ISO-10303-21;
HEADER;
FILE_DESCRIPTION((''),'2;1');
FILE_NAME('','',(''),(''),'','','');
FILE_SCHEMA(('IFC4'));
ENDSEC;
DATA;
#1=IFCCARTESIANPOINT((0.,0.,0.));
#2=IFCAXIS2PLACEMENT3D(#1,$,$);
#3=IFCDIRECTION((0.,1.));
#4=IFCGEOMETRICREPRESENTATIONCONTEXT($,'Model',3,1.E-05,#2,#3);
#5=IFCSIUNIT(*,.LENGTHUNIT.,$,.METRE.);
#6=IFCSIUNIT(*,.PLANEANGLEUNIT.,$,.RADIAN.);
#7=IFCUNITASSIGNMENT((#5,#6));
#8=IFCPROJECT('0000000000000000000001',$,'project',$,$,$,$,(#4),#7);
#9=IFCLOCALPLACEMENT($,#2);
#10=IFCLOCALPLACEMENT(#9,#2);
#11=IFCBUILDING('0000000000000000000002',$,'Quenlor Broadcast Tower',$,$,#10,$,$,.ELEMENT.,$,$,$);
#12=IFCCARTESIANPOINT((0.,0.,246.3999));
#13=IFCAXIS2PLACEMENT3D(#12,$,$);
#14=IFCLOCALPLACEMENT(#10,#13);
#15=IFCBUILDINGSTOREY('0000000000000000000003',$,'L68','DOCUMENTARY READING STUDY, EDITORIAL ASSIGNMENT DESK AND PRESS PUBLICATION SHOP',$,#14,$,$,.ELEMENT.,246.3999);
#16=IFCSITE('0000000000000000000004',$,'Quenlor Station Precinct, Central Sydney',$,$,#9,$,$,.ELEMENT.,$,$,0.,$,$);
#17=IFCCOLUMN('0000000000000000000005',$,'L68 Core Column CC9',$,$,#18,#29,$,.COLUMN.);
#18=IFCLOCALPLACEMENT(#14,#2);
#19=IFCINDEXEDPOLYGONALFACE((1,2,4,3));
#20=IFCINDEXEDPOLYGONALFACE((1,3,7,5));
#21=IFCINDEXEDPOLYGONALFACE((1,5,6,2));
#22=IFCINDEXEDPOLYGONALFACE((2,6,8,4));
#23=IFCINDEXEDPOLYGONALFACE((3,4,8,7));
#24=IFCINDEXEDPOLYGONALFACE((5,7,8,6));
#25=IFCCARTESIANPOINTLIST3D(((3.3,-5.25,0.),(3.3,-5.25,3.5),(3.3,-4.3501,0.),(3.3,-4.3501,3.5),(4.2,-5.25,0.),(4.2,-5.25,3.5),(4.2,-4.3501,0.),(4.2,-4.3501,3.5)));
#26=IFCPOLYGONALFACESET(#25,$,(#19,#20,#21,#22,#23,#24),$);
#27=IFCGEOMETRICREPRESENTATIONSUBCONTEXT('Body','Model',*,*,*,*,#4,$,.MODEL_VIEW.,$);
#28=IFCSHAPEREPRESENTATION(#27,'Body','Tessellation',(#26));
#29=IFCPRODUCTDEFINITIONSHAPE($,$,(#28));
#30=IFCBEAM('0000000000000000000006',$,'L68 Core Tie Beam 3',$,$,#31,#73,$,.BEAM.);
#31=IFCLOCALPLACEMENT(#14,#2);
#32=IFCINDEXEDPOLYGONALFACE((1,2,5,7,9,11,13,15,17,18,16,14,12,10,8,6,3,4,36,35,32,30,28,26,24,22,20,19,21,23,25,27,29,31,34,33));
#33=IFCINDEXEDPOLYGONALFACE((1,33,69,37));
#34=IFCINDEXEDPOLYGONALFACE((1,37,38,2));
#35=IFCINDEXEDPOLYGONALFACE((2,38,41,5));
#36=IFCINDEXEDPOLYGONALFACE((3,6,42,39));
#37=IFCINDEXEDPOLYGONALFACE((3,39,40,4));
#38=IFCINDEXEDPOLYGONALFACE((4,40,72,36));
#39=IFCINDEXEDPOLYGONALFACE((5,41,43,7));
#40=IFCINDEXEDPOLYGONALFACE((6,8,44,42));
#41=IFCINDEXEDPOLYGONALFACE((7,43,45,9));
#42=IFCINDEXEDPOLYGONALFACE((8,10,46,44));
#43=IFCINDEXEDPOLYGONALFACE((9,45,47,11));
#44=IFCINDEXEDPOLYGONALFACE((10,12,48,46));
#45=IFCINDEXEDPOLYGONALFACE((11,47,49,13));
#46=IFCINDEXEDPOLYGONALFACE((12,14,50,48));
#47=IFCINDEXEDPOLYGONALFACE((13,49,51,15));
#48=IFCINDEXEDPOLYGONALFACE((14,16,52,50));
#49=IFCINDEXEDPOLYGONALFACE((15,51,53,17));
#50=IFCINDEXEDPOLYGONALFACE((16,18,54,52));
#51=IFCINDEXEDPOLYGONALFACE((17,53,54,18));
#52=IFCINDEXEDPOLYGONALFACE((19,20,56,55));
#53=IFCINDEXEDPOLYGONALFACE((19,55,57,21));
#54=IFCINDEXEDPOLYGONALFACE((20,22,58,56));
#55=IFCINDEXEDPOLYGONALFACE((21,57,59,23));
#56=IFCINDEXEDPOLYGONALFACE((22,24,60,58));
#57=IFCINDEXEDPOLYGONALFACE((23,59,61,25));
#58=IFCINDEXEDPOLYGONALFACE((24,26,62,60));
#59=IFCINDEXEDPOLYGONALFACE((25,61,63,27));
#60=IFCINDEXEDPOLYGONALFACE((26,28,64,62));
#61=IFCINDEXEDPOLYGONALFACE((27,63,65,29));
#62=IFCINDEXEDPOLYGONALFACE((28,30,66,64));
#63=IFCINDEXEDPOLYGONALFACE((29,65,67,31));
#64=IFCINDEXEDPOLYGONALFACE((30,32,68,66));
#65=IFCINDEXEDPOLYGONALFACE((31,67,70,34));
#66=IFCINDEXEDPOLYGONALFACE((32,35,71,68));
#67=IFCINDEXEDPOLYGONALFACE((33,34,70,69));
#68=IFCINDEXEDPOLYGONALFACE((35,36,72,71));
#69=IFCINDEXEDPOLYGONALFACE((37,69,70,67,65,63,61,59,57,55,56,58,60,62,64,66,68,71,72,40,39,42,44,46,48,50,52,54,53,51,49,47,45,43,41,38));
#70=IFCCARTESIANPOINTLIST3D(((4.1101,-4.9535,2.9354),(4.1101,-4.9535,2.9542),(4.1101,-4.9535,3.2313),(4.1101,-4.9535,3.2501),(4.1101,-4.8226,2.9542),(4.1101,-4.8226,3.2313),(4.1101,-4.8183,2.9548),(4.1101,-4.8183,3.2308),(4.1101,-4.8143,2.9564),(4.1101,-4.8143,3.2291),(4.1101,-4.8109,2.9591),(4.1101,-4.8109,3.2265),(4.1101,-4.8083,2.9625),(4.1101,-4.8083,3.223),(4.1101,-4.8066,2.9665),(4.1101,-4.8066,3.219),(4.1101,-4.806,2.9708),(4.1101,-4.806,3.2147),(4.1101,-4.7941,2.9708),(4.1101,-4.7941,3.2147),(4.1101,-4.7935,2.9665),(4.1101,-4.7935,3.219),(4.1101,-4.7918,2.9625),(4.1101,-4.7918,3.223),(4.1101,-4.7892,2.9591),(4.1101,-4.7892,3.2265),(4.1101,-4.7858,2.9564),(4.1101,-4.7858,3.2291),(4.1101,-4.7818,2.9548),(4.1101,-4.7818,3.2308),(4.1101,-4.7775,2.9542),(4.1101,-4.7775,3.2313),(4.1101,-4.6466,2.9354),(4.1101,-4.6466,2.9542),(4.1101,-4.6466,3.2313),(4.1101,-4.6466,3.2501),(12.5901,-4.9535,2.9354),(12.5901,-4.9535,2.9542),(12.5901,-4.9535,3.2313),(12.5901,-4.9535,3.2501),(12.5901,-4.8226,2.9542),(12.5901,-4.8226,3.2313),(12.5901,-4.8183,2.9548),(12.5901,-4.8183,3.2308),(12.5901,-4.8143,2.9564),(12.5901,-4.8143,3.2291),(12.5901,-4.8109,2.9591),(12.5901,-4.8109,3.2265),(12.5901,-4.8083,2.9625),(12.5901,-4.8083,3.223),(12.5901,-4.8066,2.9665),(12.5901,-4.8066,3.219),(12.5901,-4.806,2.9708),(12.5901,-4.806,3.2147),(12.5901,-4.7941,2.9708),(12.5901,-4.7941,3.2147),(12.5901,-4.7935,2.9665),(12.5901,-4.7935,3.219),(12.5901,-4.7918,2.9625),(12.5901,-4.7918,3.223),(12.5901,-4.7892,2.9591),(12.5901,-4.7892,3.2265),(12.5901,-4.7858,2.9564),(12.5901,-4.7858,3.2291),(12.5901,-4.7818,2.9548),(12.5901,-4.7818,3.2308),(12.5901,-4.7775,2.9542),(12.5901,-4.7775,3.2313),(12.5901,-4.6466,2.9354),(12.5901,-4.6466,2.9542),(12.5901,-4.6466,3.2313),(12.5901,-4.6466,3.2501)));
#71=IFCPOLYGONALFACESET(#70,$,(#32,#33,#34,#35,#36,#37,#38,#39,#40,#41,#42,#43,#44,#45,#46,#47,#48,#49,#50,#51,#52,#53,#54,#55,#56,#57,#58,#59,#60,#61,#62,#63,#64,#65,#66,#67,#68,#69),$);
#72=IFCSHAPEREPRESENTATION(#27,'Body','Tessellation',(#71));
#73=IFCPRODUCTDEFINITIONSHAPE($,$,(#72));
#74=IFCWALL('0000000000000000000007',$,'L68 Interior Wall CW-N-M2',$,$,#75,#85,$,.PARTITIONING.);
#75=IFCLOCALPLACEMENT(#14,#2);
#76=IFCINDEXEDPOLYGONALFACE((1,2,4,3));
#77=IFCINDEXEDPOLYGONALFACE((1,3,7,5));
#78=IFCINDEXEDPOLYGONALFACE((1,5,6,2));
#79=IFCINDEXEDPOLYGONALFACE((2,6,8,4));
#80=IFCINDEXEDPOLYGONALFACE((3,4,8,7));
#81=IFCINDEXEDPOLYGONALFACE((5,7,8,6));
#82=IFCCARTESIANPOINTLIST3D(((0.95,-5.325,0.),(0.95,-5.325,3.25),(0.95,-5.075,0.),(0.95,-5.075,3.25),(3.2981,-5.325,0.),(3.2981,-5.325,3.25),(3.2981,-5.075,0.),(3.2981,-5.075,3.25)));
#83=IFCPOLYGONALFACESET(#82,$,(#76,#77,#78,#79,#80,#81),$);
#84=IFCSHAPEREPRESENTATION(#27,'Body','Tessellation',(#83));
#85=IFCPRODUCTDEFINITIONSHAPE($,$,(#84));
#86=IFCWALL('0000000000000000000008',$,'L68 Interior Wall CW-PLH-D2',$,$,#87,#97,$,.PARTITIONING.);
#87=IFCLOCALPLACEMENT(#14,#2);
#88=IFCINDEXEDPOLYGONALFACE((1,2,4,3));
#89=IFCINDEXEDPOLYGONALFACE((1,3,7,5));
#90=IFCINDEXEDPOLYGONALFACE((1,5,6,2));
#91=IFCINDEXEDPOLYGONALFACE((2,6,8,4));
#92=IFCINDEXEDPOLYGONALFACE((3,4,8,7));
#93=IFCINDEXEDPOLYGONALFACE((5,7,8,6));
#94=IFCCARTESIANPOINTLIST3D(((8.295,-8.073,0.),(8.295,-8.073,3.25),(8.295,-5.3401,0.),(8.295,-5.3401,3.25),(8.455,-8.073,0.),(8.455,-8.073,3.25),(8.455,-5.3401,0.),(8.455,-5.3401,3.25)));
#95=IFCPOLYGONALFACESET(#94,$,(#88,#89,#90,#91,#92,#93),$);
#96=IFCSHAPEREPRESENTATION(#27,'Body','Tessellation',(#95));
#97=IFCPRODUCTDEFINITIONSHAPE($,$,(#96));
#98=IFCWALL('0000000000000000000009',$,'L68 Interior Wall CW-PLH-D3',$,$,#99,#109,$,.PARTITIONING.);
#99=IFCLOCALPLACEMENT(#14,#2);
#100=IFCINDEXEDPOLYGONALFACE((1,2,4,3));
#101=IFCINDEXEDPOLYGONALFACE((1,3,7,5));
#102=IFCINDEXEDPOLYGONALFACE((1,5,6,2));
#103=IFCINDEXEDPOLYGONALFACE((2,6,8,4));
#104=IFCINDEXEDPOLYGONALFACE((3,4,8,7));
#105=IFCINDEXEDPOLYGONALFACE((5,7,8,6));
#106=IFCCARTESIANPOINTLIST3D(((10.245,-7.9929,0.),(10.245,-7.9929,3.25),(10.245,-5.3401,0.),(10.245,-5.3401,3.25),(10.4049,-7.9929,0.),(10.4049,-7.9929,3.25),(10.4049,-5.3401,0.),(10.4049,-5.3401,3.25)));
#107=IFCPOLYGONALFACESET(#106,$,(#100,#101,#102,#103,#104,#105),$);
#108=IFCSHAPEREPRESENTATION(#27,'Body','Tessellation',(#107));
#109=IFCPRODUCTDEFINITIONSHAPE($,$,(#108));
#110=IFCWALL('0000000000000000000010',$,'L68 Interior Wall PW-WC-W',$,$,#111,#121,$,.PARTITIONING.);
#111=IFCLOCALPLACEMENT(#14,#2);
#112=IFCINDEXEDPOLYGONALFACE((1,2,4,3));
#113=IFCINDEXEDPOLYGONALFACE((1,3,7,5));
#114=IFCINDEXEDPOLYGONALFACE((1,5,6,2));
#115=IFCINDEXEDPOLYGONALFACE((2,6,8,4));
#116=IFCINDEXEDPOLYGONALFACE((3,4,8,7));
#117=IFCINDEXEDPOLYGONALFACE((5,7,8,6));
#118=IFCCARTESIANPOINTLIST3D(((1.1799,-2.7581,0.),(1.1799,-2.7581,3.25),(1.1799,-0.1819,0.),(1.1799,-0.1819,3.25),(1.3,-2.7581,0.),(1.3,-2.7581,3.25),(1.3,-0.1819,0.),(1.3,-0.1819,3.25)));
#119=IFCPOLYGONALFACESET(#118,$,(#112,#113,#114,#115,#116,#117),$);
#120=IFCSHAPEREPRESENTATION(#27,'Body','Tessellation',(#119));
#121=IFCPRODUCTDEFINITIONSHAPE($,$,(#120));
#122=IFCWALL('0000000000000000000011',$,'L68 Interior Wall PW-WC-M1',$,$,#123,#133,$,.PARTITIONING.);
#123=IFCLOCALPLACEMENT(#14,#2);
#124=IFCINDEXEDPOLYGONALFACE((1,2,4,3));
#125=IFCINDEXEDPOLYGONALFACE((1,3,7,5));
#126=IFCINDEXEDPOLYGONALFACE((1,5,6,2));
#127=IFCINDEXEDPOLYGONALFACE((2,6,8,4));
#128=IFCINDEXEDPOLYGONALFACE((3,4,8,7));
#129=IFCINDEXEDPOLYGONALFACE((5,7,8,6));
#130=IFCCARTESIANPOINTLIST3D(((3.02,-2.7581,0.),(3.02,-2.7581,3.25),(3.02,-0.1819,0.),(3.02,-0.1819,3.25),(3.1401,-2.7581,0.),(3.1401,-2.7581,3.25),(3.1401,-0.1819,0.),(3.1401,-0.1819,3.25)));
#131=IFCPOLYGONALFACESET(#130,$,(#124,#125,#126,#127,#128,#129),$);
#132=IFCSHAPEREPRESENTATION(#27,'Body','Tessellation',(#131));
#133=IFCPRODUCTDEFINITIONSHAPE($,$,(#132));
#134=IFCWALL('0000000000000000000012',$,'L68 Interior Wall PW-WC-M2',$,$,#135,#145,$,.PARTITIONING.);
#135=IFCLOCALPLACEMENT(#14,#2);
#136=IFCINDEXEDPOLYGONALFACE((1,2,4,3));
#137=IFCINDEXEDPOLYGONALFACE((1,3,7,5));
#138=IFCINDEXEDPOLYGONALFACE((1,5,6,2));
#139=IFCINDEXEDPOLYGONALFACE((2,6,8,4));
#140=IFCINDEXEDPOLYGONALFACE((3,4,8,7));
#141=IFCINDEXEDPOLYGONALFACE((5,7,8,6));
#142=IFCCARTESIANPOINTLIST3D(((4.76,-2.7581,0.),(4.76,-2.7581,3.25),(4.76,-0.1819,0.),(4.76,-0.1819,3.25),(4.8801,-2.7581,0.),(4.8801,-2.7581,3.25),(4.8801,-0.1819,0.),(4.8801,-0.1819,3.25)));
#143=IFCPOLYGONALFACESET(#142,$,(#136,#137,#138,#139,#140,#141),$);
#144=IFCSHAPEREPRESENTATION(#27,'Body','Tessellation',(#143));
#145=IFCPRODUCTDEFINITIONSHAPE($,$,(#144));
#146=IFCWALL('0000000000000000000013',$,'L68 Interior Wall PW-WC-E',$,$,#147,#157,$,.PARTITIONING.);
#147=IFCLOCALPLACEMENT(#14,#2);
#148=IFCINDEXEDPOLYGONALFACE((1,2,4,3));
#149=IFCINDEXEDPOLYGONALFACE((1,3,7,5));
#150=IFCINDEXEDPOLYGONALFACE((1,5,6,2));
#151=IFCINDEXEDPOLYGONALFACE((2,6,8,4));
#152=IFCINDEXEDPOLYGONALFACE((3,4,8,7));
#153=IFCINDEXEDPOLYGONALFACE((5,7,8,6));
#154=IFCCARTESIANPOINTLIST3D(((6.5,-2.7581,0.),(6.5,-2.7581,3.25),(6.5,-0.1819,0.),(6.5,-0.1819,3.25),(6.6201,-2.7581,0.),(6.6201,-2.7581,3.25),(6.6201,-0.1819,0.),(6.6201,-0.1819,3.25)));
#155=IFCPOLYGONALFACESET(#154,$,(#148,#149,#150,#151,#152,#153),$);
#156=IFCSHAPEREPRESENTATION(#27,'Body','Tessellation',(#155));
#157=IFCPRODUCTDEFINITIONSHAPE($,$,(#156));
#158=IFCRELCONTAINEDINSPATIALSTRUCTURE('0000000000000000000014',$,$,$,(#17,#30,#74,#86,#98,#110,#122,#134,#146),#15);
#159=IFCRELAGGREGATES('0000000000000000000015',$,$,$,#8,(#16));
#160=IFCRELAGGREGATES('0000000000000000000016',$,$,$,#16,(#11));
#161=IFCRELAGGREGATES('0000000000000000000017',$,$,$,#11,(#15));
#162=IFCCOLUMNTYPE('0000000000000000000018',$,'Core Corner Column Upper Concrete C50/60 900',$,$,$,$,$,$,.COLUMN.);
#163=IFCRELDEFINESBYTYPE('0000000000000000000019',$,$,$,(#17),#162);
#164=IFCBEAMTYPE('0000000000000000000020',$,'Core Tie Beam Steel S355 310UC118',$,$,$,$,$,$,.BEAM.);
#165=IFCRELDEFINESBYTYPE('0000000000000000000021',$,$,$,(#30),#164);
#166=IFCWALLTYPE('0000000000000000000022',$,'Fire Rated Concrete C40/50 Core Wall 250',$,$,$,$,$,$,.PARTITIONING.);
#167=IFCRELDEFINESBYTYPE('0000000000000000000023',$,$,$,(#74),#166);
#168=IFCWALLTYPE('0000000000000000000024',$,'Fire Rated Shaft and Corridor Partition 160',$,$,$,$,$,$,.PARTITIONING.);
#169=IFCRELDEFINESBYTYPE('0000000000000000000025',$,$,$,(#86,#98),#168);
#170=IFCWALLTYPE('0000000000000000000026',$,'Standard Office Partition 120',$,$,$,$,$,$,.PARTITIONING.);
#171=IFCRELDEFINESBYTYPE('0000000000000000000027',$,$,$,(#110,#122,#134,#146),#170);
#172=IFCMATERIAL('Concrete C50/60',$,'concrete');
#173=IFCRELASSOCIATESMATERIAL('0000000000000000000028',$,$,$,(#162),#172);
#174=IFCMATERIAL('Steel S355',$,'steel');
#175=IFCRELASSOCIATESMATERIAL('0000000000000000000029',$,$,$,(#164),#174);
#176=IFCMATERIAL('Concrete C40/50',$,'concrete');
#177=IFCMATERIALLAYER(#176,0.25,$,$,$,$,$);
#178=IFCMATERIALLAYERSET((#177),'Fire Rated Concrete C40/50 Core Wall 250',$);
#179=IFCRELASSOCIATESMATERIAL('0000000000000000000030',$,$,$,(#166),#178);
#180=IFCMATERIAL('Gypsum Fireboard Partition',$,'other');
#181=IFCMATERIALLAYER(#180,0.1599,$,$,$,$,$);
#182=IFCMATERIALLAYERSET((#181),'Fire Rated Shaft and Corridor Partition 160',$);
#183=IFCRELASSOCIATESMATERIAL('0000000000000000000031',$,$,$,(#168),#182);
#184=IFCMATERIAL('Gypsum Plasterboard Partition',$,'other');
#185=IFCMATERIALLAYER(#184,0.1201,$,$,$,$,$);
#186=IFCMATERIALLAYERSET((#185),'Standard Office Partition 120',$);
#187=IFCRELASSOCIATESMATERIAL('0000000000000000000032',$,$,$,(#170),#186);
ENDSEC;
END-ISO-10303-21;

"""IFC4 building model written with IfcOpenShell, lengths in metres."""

from ifc_helpers import new_model, si_unit, direction, frame, frame_2d, origin, origin_2d, place, context, subcontext, project, spatial, rectangle, i_section, extrude, material, layer, layer_set, material_profile, profile_set, type_object, element, save


model = new_model("IFC4")

# Units and contexts
model_context = context("Model", 3, precision=1e-05, world=origin(), true_north=direction((0.0, 1.0)))
body_context = subcontext(model_context, "Body", "Model", "MODEL_VIEW")
ifc_project = project(units=[si_unit("LENGTHUNIT", "METRE"), si_unit("PLANEANGLEUNIT", "RADIAN")], contexts=[model_context])

# Site, building, storey
site_placement = place(None, origin())
site = spatial("IfcSite", under=ifc_project, at=site_placement, Name="Quenlor Station Precinct, Central Sydney", CompositionType="ELEMENT", RefElevation=0.0)
building_placement = place(site_placement, origin())
building = spatial("IfcBuilding", under=site, at=building_placement, Name="Quenlor Broadcast Tower", CompositionType="ELEMENT")
storey_placement = place(building_placement, frame((0.0, 0.0, 246.3999)))
storey = spatial("IfcBuildingStorey", under=building, at=storey_placement, Name="L68", Description="DOCUMENTARY READING STUDY, EDITORIAL ASSIGNMENT DESK AND PRESS PUBLICATION SHOP", CompositionType="ELEMENT", Elevation=246.3999)

# Column
ifc_material_1 = material(Name="Concrete C50/60", Category="concrete")
ifc_material_profile_1 = material_profile(ifc_material_1, rectangle(XDim=0.8999, YDim=0.8999, at=origin_2d()))
ifc_profile_set_1 = profile_set([ifc_material_profile_1], Name="Concrete C50/60 RC900x900")
column_type = type_object("IfcColumnType", Name="Core Corner Column Upper Concrete C50/60 900", PredefinedType="COLUMN", material=ifc_profile_set_1)
column_placement = place(storey_placement, frame((3.75, -4.8, 0.0), z_axis=(0.0, 0.0, 1.0), x_axis=(1.0, 0.0, 0.0)))
element("IfcColumn", 1, at=column_placement, inside=storey, type_object=column_type, Name="L68 Core Column CC9", PredefinedType="COLUMN", context=body_context, shape_type="SweptSolid", body=[
    extrude(rectangle(XDim=0.8999, YDim=0.8999, at=origin_2d()), origin(), (0.0, 0.0, 1.0), 3.5),
])

# Beam
ifc_material_2 = material(Name="Steel S355", Category="steel")
ifc_material_profile_2 = material_profile(ifc_material_2, i_section(OverallWidth=0.3069, OverallDepth=0.3147, WebThickness=0.012, FlangeThickness=0.0188, FilletRadius=0.0166, at=origin_2d()))
ifc_profile_set_2 = profile_set([ifc_material_profile_2], Name="Steel S355 310UC118")
beam_type = type_object("IfcBeamType", Name="Core Tie Beam Steel S355 310UC118", PredefinedType="BEAM", material=ifc_profile_set_2)
beam_placement = place(storey_placement, frame((4.1101, -4.8, 3.0928), z_axis=(1.0, 0.0, 0.0), x_axis=(0.0, 1.0, 0.0)))
element("IfcBeam", 2, at=beam_placement, inside=storey, type_object=beam_type, Name="L68 Core Tie Beam 3", PredefinedType="BEAM", context=body_context, shape_type="SweptSolid", body=[
    extrude(i_section(OverallWidth=0.3069, OverallDepth=0.3147, WebThickness=0.012, FlangeThickness=0.0188, FilletRadius=0.0166, at=origin_2d()), origin(), (0.0, 0.0, 1.0), 8.48),
])

# Shared definitions
ifc_material_3 = material(Name="Concrete C40/50", Category="concrete")
ifc_layer_1 = layer(ifc_material_3, 0.25)
ifc_layer_set_1 = layer_set([ifc_layer_1], Name="Fire Rated Concrete C40/50 Core Wall 250")
wall_type_1 = type_object("IfcWallType", Name="Fire Rated Concrete C40/50 Core Wall 250", PredefinedType="PARTITIONING", material=ifc_layer_set_1)

# Walls
wall_1_placement = place(storey_placement, frame((0.95, -5.2, 0.0), z_axis=(0.0, 0.0, 1.0), x_axis=(1.0, 0.0, 0.0)))
element("IfcWall", 3, at=wall_1_placement, inside=storey, type_object=wall_type_1, Name="L68 Interior Wall CW-N-M2", PredefinedType="PARTITIONING", context=body_context, shape_type="SweptSolid", body=[
    extrude(rectangle(XDim=2.3481, YDim=0.25, at=frame_2d((1.1741, 0.0))), origin(), (0.0, 0.0, 1.0), 3.25),
])
ifc_material_4 = material(Name="Gypsum Fireboard Partition", Category="other")
ifc_layer_2 = layer(ifc_material_4, 0.1599)
ifc_layer_set_2 = layer_set([ifc_layer_2], Name="Fire Rated Shaft and Corridor Partition 160")
wall_type_2 = type_object("IfcWallType", Name="Fire Rated Shaft and Corridor Partition 160", PredefinedType="PARTITIONING", material=ifc_layer_set_2)
wall_2_placement = place(storey_placement, frame((8.375, -8.073, 0.0), z_axis=(0.0, 0.0, 1.0), x_axis=(0.0, 1.0, 0.0)))
element("IfcWall", 4, at=wall_2_placement, inside=storey, type_object=wall_type_2, Name="L68 Interior Wall CW-PLH-D2", PredefinedType="PARTITIONING", context=body_context, shape_type="SweptSolid", body=[
    extrude(rectangle(XDim=2.7329, YDim=0.1599, at=frame_2d((1.3665, 0.0))), origin(), (0.0, 0.0, 1.0), 3.25),
])
wall_3_placement = place(storey_placement, frame((10.325, -7.9929, 0.0), z_axis=(0.0, 0.0, 1.0), x_axis=(0.0, 1.0, 0.0)))
element("IfcWall", 5, at=wall_3_placement, inside=storey, type_object=wall_type_2, Name="L68 Interior Wall CW-PLH-D3", PredefinedType="PARTITIONING", context=body_context, shape_type="SweptSolid", body=[
    extrude(rectangle(XDim=2.6528, YDim=0.1599, at=frame_2d((1.3264, 0.0))), origin(), (0.0, 0.0, 1.0), 3.25),
])

# Shared definitions
ifc_material_5 = material(Name="Gypsum Plasterboard Partition", Category="other")
ifc_layer_3 = layer(ifc_material_5, 0.1201)
ifc_layer_set_3 = layer_set([ifc_layer_3], Name="Standard Office Partition 120")
wall_type_3 = type_object("IfcWallType", Name="Standard Office Partition 120", PredefinedType="PARTITIONING", material=ifc_layer_set_3)

# Walls
for number, where, z_axis, x_axis, name in (
    (6, (1.24, -2.7581, 0.0), (0.0, 0.0, 1.0), (0.0, 1.0, 0.0), "L68 Interior Wall PW-WC-W"),
    (7, (3.0801, -2.7581, 0.0), (0.0, 0.0, 1.0), (0.0, 1.0, 0.0), "L68 Interior Wall PW-WC-M1"),
    (8, (4.8201, -2.7581, 0.0), (0.0, 0.0, 1.0), (0.0, 1.0, 0.0), "L68 Interior Wall PW-WC-M2"),
    (9, (6.5601, -2.7581, 0.0), (0.0, 0.0, 1.0), (0.0, 1.0, 0.0), "L68 Interior Wall PW-WC-E"),
):
    element("IfcWall", number, at=place(storey_placement, frame(where, z_axis=z_axis, x_axis=x_axis)), inside=storey, type_object=wall_type_3, Name=name, PredefinedType="PARTITIONING", context=body_context, shape_type="SweptSolid", body=[
        extrude(rectangle(XDim=2.5762, YDim=0.1201, at=frame_2d((1.2881, 0.0))), origin(), (0.0, 0.0, 1.0), 3.25),
    ])

save(model, "model.ifc")
